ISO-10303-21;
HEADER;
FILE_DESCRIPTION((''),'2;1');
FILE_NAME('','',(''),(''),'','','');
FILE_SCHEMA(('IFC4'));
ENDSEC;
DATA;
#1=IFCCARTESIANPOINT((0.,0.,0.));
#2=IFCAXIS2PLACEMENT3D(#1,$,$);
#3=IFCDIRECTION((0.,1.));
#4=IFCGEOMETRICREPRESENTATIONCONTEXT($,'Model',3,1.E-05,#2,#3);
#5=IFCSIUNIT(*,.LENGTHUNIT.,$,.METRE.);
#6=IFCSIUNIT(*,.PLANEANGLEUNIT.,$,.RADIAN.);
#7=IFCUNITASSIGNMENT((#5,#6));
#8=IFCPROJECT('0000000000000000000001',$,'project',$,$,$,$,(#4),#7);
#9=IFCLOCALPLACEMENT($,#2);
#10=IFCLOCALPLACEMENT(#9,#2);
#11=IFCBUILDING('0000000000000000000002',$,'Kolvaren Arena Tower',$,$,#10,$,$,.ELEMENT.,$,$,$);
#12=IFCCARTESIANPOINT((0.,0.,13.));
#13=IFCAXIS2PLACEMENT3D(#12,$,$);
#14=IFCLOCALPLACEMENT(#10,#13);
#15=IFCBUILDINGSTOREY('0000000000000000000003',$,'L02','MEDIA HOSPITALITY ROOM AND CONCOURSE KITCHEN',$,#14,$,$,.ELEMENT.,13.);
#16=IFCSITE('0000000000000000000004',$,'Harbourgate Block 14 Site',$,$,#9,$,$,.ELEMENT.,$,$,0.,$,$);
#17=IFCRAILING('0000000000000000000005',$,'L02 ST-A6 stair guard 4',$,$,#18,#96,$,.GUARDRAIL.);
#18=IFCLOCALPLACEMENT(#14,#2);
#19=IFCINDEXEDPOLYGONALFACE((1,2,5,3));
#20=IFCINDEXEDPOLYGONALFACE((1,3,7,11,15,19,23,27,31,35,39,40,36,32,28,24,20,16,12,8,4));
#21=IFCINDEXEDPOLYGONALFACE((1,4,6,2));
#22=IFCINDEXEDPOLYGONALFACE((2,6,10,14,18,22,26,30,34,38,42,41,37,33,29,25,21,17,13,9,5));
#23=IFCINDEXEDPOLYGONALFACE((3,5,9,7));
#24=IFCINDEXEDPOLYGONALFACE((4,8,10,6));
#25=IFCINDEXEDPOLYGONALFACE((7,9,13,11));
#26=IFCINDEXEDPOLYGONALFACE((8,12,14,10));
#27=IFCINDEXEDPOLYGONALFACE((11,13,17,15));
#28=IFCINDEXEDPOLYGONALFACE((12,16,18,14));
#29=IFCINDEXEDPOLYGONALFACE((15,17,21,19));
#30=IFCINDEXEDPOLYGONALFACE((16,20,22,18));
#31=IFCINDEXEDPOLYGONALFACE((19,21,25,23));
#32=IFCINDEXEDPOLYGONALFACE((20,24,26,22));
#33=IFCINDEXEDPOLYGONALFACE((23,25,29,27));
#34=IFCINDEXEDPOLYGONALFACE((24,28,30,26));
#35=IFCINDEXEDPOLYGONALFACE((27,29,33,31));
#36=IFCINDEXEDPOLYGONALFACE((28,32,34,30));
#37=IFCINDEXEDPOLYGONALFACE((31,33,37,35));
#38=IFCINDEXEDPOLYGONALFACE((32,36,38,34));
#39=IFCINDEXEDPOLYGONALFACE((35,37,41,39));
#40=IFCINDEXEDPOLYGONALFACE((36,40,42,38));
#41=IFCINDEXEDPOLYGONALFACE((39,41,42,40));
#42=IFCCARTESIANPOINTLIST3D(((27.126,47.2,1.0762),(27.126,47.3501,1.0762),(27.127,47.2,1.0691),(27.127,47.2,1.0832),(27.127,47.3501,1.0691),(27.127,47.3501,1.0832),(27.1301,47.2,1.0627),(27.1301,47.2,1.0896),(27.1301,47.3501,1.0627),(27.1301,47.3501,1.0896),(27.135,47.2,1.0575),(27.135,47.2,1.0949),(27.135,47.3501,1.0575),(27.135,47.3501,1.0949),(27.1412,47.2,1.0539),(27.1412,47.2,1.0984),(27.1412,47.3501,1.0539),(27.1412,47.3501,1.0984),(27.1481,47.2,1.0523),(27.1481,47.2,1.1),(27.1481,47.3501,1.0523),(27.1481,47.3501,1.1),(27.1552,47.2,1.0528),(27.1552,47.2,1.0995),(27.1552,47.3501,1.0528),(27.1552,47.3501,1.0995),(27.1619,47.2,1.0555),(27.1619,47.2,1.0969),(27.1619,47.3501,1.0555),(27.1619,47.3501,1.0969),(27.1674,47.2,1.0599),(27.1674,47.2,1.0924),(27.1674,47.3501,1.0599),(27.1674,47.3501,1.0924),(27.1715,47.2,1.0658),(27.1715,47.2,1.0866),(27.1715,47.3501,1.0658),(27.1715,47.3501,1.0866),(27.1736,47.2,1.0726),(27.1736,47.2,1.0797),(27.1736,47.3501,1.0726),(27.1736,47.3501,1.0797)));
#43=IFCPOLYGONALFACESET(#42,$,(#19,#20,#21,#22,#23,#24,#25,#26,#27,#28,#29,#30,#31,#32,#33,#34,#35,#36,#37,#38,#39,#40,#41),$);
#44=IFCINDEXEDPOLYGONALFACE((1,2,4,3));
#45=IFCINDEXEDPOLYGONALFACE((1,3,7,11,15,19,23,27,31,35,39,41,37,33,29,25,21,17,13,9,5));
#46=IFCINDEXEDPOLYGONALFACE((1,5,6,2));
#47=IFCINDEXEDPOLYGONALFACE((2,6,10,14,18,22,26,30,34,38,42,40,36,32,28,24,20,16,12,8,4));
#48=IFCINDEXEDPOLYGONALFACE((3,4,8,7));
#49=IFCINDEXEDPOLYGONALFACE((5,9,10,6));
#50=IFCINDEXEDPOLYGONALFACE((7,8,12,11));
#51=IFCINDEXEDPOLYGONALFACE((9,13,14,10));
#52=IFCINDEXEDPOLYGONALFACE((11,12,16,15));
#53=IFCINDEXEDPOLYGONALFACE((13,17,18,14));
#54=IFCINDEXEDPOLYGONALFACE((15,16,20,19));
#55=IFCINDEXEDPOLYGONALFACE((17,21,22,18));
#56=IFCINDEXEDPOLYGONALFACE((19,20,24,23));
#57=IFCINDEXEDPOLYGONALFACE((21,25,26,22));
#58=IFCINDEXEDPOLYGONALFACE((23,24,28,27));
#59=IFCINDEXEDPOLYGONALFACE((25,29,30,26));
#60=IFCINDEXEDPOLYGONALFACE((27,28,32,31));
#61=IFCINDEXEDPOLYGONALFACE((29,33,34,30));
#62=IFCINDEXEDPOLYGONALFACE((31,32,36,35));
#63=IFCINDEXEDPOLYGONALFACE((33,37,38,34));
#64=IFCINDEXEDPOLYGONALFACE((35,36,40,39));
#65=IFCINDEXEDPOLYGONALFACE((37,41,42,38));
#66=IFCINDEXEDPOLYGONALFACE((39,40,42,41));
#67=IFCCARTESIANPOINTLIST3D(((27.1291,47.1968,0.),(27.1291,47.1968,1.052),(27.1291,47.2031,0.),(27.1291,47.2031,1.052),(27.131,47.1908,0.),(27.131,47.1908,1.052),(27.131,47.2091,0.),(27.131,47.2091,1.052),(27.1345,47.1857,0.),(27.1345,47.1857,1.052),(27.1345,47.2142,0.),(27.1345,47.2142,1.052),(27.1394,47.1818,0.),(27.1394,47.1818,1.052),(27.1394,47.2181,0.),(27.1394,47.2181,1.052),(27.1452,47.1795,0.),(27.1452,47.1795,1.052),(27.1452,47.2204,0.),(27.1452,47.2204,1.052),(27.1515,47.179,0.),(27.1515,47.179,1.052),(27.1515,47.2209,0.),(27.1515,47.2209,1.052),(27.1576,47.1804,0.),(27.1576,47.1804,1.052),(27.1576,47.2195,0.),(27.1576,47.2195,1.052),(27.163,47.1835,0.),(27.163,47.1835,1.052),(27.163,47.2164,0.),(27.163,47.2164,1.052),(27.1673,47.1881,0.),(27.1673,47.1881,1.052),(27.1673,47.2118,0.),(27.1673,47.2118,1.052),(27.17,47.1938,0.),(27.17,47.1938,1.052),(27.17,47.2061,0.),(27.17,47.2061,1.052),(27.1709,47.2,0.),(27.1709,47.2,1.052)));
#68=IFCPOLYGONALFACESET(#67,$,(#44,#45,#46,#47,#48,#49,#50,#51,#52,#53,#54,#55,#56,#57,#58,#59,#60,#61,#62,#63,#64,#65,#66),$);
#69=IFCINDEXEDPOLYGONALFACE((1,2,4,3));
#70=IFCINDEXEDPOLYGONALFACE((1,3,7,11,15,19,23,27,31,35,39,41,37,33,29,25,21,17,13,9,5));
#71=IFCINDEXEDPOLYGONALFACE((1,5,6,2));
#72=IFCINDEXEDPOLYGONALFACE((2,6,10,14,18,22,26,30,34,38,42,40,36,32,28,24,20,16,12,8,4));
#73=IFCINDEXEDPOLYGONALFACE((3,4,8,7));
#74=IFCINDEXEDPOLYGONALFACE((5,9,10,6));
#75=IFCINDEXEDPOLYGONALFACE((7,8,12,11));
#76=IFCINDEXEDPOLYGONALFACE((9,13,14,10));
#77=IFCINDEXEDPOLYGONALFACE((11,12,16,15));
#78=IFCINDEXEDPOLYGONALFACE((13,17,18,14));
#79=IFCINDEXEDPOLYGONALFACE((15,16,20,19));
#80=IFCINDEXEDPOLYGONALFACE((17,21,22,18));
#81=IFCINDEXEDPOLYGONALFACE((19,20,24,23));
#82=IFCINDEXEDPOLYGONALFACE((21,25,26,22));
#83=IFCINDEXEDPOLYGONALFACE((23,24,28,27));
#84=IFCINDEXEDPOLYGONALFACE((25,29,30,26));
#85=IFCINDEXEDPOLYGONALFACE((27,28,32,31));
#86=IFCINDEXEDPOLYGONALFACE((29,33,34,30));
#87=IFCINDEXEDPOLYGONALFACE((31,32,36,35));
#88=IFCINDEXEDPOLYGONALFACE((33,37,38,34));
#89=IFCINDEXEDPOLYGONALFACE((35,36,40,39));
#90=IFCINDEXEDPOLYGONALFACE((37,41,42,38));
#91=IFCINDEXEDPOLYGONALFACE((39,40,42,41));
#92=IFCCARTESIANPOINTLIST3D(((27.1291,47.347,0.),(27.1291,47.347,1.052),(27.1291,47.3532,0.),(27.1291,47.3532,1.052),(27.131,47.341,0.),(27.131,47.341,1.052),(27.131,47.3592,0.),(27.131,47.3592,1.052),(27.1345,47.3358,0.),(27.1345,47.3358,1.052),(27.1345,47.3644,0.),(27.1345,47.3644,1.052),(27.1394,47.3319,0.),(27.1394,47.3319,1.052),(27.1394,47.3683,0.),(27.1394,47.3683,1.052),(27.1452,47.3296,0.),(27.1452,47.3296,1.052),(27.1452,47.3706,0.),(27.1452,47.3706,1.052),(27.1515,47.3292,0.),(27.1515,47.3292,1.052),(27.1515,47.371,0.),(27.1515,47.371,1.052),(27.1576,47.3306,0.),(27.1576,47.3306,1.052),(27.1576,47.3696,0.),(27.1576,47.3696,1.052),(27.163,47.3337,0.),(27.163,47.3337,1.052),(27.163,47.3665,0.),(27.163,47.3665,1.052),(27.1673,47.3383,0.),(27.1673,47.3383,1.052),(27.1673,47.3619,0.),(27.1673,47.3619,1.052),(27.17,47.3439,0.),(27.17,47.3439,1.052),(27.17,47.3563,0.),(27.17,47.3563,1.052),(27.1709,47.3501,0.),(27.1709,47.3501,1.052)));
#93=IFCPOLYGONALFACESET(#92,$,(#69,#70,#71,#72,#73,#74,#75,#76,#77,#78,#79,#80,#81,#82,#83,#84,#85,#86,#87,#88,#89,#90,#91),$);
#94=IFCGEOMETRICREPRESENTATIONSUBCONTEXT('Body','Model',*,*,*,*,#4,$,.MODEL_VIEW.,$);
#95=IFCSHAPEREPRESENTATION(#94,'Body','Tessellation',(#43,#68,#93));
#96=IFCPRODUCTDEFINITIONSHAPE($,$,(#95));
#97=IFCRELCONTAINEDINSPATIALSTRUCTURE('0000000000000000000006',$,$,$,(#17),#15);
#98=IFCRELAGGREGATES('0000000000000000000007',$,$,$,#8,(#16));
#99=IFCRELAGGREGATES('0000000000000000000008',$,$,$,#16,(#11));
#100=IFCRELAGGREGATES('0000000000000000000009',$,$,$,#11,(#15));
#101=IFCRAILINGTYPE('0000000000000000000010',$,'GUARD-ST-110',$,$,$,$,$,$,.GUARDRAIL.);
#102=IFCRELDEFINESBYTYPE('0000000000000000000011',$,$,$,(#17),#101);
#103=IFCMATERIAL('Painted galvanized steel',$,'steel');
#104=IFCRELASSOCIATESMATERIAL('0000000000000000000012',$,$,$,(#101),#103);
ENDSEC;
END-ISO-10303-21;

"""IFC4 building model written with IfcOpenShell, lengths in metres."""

from ifc_helpers import new_model, si_unit, direction, frame, origin, origin_2d, place, context, subcontext, project, spatial, circle, extrude, material, type_object, element, save


model = new_model("IFC4")

# Units and contexts
model_context = context("Model", 3, precision=1e-05, world=origin(), true_north=direction((0.0, 1.0)))
body_context = subcontext(model_context, "Body", "Model", "MODEL_VIEW")
ifc_project = project(units=[si_unit("LENGTHUNIT", "METRE"), si_unit("PLANEANGLEUNIT", "RADIAN")], contexts=[model_context])

# Site, building, storey
site_placement = place(None, origin())
site = spatial("IfcSite", under=ifc_project, at=site_placement, Name="Harbourgate Block 14 Site", CompositionType="ELEMENT", RefElevation=0.0)
building_placement = place(site_placement, origin())
building = spatial("IfcBuilding", under=site, at=building_placement, Name="Kolvaren Arena Tower", CompositionType="ELEMENT")
storey_placement = place(building_placement, frame((0.0, 0.0, 13.0)))
storey = spatial("IfcBuildingStorey", under=building, at=storey_placement, Name="L02", Description="MEDIA HOSPITALITY ROOM AND CONCOURSE KITCHEN", CompositionType="ELEMENT", Elevation=13.0)

# Railing
ifc_material_1 = material(Name="Painted galvanized steel", Category="steel")
railing_type_1 = type_object("IfcRailingType", Name="GUARD-ST-110", PredefinedType="GUARDRAIL", material=ifc_material_1)
railing_1_placement = place(storey_placement, frame((27.1499, 47.2, 0.0)))
element("IfcRailing", 1, at=railing_1_placement, inside=storey, type_object=railing_type_1, Name="L02 ST-A6 stair guard 4", PredefinedType="GUARDRAIL", context=body_context, shape_type="SweptSolid", body=[
    extrude(circle(Radius=0.0239, at=origin_2d()), frame((0.0, 0.0, 1.0762), z_axis=(0.0, 1.0, 0.0), x_axis=(-1.0, 0.0, 0.0)), (0.0, 0.0, 1.0), 0.1501),
    extrude(circle(Radius=0.021, at=origin_2d()), origin(), (0.0, 0.0, 1.0), 1.052),
    extrude(circle(Radius=0.021, at=origin_2d()), frame((0.0, 0.1501, 0.0)), (0.0, 0.0, 1.0), 1.052),
])

save(model, "model.ifc")
